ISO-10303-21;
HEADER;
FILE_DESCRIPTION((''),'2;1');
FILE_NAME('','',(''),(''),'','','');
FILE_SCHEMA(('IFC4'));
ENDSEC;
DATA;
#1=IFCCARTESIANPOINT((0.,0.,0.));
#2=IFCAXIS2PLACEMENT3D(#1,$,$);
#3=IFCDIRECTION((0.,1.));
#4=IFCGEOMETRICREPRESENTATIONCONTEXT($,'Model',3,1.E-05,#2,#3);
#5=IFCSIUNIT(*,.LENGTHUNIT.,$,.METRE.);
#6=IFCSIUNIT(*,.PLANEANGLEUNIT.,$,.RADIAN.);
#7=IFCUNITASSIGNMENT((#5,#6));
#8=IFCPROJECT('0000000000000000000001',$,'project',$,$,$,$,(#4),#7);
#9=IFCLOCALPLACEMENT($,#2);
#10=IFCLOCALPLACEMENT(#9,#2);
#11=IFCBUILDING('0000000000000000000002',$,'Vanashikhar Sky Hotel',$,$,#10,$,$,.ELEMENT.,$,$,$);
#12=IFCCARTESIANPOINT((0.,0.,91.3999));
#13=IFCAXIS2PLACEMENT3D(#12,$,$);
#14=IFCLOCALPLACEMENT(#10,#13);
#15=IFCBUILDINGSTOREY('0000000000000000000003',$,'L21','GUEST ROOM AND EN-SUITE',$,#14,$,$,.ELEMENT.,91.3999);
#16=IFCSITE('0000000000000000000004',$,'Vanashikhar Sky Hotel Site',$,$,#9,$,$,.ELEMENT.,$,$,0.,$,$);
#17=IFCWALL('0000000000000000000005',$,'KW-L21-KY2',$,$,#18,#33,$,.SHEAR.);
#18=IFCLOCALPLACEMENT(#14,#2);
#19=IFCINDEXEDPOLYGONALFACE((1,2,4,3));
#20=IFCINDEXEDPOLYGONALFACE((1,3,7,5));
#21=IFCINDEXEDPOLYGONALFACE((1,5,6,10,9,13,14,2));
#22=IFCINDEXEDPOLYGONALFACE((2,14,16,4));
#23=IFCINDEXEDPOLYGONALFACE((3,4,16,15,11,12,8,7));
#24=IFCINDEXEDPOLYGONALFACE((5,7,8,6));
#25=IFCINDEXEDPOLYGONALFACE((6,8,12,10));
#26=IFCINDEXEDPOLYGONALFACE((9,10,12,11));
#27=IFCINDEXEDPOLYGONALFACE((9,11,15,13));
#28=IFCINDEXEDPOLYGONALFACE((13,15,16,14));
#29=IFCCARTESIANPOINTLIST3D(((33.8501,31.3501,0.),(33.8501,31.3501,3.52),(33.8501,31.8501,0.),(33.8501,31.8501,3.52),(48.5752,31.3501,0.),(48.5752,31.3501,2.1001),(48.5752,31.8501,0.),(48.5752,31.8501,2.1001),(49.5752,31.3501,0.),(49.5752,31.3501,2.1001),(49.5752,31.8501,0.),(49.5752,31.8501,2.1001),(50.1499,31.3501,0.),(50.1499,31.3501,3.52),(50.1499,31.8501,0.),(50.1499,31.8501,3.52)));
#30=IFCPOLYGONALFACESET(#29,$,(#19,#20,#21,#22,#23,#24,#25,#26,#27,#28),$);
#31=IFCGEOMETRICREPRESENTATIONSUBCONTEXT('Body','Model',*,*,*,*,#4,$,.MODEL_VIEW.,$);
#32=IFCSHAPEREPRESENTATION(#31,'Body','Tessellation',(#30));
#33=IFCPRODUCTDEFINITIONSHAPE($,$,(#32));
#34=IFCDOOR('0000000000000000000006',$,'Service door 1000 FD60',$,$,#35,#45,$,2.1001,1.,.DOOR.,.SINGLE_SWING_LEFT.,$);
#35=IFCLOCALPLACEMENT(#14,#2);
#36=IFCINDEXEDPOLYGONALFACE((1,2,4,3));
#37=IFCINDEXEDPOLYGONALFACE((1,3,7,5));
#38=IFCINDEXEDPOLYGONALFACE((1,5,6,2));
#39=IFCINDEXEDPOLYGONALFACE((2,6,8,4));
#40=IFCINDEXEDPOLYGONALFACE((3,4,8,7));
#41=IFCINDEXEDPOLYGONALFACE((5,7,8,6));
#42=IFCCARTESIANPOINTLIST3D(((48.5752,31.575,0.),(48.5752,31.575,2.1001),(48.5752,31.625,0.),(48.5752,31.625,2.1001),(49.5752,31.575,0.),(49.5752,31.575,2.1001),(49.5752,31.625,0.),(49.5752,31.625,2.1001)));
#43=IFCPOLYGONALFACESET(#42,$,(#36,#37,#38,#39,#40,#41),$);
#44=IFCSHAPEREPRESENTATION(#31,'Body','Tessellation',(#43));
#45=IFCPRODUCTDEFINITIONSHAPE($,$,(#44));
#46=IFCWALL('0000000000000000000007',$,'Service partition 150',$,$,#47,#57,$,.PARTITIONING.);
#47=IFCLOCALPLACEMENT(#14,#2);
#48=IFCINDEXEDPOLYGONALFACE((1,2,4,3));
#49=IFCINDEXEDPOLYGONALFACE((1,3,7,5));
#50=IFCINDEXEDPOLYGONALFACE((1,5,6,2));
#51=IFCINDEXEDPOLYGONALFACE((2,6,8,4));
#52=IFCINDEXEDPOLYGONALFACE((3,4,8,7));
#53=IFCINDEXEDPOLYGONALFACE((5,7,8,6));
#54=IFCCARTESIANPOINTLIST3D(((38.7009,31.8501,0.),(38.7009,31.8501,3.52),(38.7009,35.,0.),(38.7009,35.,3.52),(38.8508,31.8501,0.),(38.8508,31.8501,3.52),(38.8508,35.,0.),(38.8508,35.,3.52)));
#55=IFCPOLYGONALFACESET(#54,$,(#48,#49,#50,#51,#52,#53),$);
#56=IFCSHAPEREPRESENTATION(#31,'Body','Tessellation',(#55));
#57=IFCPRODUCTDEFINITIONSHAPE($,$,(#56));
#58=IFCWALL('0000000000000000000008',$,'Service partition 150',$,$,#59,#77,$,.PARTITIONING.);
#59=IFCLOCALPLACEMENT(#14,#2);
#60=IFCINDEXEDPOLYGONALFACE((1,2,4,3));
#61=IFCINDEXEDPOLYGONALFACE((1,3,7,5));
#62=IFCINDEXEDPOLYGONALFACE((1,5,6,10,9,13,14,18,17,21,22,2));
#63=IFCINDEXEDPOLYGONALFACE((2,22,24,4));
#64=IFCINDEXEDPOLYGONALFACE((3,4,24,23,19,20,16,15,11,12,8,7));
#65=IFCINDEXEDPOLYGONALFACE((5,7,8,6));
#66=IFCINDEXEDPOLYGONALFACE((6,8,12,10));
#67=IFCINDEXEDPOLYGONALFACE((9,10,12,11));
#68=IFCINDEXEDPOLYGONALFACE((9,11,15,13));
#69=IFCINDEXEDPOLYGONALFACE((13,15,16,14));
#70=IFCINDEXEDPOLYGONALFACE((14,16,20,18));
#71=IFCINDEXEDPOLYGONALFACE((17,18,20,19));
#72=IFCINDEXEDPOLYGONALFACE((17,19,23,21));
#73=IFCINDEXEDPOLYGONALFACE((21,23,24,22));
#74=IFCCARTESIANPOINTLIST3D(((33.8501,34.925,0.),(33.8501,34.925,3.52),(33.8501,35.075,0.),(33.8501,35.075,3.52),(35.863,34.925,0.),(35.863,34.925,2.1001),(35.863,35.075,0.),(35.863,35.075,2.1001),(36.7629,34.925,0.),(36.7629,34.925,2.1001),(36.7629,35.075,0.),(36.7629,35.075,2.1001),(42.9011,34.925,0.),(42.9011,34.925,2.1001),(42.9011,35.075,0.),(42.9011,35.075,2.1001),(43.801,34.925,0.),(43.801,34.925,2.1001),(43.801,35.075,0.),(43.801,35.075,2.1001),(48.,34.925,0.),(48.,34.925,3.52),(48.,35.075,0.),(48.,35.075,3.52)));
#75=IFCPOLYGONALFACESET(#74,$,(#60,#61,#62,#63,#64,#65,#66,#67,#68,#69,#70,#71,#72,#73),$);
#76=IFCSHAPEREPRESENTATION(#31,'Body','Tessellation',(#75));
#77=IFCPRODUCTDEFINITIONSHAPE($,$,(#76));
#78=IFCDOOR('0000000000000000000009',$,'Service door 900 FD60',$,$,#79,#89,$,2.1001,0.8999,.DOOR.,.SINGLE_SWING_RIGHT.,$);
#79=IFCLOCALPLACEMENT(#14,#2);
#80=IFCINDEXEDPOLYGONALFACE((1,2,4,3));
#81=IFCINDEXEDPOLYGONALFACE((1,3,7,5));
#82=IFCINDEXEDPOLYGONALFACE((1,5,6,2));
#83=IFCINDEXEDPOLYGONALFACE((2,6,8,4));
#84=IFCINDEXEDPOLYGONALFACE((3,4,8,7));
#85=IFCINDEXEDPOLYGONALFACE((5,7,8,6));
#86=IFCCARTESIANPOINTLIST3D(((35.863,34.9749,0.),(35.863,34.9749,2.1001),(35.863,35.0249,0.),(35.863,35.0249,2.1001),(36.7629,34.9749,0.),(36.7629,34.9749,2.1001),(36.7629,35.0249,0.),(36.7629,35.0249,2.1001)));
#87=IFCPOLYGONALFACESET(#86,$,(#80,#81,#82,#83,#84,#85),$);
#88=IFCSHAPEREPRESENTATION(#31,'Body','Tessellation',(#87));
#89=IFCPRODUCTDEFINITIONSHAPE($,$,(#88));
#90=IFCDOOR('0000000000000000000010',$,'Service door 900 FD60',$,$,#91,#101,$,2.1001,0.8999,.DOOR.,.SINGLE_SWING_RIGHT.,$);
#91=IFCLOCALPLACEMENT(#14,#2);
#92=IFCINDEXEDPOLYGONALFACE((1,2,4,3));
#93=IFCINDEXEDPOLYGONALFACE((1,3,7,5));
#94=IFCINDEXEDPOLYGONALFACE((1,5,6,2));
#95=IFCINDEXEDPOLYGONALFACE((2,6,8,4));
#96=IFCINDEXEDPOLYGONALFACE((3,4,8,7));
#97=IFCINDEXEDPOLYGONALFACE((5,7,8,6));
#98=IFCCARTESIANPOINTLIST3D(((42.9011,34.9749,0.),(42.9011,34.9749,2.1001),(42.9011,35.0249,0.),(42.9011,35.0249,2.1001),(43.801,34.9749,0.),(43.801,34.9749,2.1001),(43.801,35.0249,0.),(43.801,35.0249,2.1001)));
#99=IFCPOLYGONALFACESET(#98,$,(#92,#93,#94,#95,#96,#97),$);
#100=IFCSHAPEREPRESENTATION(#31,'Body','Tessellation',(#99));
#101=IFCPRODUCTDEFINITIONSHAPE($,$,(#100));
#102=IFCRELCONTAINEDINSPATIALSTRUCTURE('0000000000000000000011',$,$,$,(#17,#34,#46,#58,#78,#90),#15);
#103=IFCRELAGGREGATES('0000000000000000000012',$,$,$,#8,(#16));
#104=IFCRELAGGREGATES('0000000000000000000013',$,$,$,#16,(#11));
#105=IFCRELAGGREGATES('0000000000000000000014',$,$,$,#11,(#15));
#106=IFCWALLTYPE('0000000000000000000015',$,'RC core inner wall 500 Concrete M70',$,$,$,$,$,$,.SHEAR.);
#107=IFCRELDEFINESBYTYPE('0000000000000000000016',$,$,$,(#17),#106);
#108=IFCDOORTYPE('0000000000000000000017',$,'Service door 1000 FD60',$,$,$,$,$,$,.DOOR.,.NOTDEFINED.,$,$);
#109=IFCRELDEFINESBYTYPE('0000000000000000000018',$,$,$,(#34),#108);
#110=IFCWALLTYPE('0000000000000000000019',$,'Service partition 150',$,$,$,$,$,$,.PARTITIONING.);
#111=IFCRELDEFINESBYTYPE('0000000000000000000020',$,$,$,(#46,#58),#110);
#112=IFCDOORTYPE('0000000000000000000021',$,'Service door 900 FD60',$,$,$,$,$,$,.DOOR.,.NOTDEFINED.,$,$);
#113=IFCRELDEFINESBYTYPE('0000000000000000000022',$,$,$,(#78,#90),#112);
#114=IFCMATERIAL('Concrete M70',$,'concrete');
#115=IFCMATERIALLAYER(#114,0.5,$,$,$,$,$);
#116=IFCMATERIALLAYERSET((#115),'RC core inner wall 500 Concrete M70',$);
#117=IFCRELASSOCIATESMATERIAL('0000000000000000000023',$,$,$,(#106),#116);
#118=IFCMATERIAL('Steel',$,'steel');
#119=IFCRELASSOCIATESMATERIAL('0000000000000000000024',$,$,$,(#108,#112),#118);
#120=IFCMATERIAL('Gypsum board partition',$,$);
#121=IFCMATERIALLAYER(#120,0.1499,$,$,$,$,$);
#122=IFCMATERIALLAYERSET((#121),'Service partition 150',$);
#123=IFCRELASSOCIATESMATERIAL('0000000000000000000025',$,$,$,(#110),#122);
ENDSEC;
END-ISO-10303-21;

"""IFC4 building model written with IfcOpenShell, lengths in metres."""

from ifc_helpers import new_model, si_unit, direction, frame, frame_2d, origin, place, context, subcontext, project, spatial, rectangle, extrude, source, transform, mapped, material, layer, layer_set, type_object, element, fill, save


model = new_model("IFC4")

# Units and contexts
model_context = context("Model", 3, precision=1e-05, world=origin(), true_north=direction((0.0, 1.0)))
body_context = subcontext(model_context, "Body", "Model", "MODEL_VIEW")
ifc_project = project(units=[si_unit("LENGTHUNIT", "METRE"), si_unit("PLANEANGLEUNIT", "RADIAN")], contexts=[model_context])

# Site, building, storey
site_placement = place(None, origin())
site = spatial("IfcSite", under=ifc_project, at=site_placement, Name="Vanashikhar Sky Hotel Site", CompositionType="ELEMENT", RefElevation=0.0)
building_placement = place(site_placement, origin())
building = spatial("IfcBuilding", under=site, at=building_placement, Name="Vanashikhar Sky Hotel", CompositionType="ELEMENT")
storey_placement = place(building_placement, frame((0.0, 0.0, 91.3999)))
storey = spatial("IfcBuildingStorey", under=building, at=storey_placement, Name="L21", Description="GUEST ROOM AND EN-SUITE", CompositionType="ELEMENT", Elevation=91.3999)

# Wall, opening, door
ifc_material_1 = material(Name="Concrete M70", Category="concrete")
ifc_layer_1 = layer(ifc_material_1, 0.5)
ifc_layer_set_1 = layer_set([ifc_layer_1], Name="RC core inner wall 500 Concrete M70")
wall_type_1 = type_object("IfcWallType", Name="RC core inner wall 500 Concrete M70", PredefinedType="SHEAR", material=ifc_layer_set_1)
shared_shape_1 = source(origin(), body_context, "Body", "SweptSolid", [
    extrude(rectangle(XDim=16.2998, YDim=0.5, at=frame_2d((8.1499, 0.0))), origin(), (0.0, 0.0, 1.0), 3.52),
])
wall_1_placement = place(storey_placement, frame((33.8501, 31.6001, 0.0), z_axis=(0.0, 0.0, 1.0), x_axis=(1.0, 0.0, 0.0)))
wall_1 = element("IfcWall", 1, at=wall_1_placement, inside=storey, type_object=wall_type_1, Name="KW-L21-KY2", PredefinedType="SHEAR", context=body_context, shape_type="MappedRepresentation", body=[
    mapped(shared_shape_1, transform((0.0, 0.0, 0.0), scale=1.0)),
])
shared_shape_2 = source(origin(), body_context, "Body", "SweptSolid", [
    extrude(rectangle(XDim=1.0, YDim=2.1001, at=frame_2d((0.5, 1.05))), frame((0.0, 0.26, 0.0), z_axis=(0.0, -1.0, 0.0), x_axis=(1.0, 0.0, 0.0)), (0.0, 0.0, 1.0), 0.52),
])
opening_1_placement = place(wall_1_placement, frame((14.7251, 0.0, 0.0)))
opening_1 = element("IfcOpeningElement", 2, at=opening_1_placement, cuts=wall_1, PredefinedType="OPENING", context=body_context, shape_type="MappedRepresentation", body=[
    mapped(shared_shape_2, transform((0.0, 0.0, 0.0), scale=1.0)),
])
ifc_material_2 = material(Name="Steel", Category="steel")
door_type_1 = type_object("IfcDoorType", Name="Service door 1000 FD60", OperationType="NOTDEFINED", PredefinedType="DOOR", material=ifc_material_2)
shared_shape_3 = source(origin(), body_context, "Body", "SweptSolid", [
    extrude(rectangle(XDim=1.0, YDim=2.1001, at=frame_2d((0.5, 1.05))), frame((0.0, 0.0249, 0.0), z_axis=(0.0, -1.0, 0.0), x_axis=(1.0, 0.0, 0.0)), (0.0, 0.0, 1.0), 0.05),
])
door_1_placement = place(opening_1_placement, origin())
door_1 = element("IfcDoor", 3, at=door_1_placement, inside=storey, type_object=door_type_1, Name="Service door 1000 FD60", OperationType="SINGLE_SWING_LEFT", OverallHeight=2.1001, OverallWidth=1.0, PredefinedType="DOOR", context=body_context, shape_type="MappedRepresentation", body=[
    mapped(shared_shape_3, transform((0.0, 0.0, 0.0), scale=1.0)),
])
fill(opening_1, door_1)

# Wall
ifc_material_3 = material(Name="Gypsum board partition")
ifc_layer_2 = layer(ifc_material_3, 0.1499)
ifc_layer_set_2 = layer_set([ifc_layer_2], Name="Service partition 150")
wall_type_2 = type_object("IfcWallType", Name="Service partition 150", PredefinedType="PARTITIONING", material=ifc_layer_set_2)
shared_shape_4 = source(origin(), body_context, "Body", "SweptSolid", [
    extrude(rectangle(XDim=3.1499, YDim=0.1499, at=frame_2d((1.575, 0.0))), origin(), (0.0, 0.0, 1.0), 3.52),
])
wall_2_placement = place(storey_placement, frame((38.7759, 31.8501, 0.0), z_axis=(0.0, 0.0, 1.0), x_axis=(0.0, 1.0, 0.0)))
element("IfcWall", 4, at=wall_2_placement, inside=storey, type_object=wall_type_2, Name="Service partition 150", PredefinedType="PARTITIONING", context=body_context, shape_type="MappedRepresentation", body=[
    mapped(shared_shape_4, transform((0.0, 0.0, 0.0), scale=1.0)),
])

# Wall, openings, doors
shared_shape_5 = source(origin(), body_context, "Body", "SweptSolid", [
    extrude(rectangle(XDim=14.1499, YDim=0.1499, at=frame_2d((7.075, 0.0))), origin(), (0.0, 0.0, 1.0), 3.52),
])
wall_3_placement = place(storey_placement, frame((33.8501, 35.0, 0.0), z_axis=(0.0, 0.0, 1.0), x_axis=(1.0, 0.0, 0.0)))
wall_3 = element("IfcWall", 5, at=wall_3_placement, inside=storey, type_object=wall_type_2, Name="Service partition 150", PredefinedType="PARTITIONING", context=body_context, shape_type="MappedRepresentation", body=[
    mapped(shared_shape_5, transform((0.0, 0.0, 0.0), scale=1.0)),
])
shared_shape_6 = source(origin(), body_context, "Body", "SweptSolid", [
    extrude(rectangle(XDim=0.8999, YDim=2.1001, at=frame_2d((0.45, 1.05))), frame((0.0, 0.085, 0.0), z_axis=(0.0, -1.0, 0.0), x_axis=(1.0, 0.0, 0.0)), (0.0, 0.0, 1.0), 0.1699),
])
opening_2_placement = place(wall_3_placement, frame((2.0129, 0.0, 0.0)))
opening_2 = element("IfcOpeningElement", 6, at=opening_2_placement, cuts=wall_3, PredefinedType="OPENING", context=body_context, shape_type="MappedRepresentation", body=[
    mapped(shared_shape_6, transform((0.0, 0.0, 0.0), scale=1.0)),
])
opening_3_placement = place(wall_3_placement, frame((9.051, 0.0, 0.0)))
opening_3 = element("IfcOpeningElement", 7, at=opening_3_placement, cuts=wall_3, PredefinedType="OPENING", context=body_context, shape_type="MappedRepresentation", body=[
    mapped(shared_shape_6, transform((0.0, 0.0, 0.0), scale=1.0)),
])
door_type_2 = type_object("IfcDoorType", Name="Service door 900 FD60", OperationType="NOTDEFINED", PredefinedType="DOOR", material=ifc_material_2)
shared_shape_7 = source(origin(), body_context, "Body", "SweptSolid", [
    extrude(rectangle(XDim=0.8999, YDim=2.1001, at=frame_2d((0.45, 1.05))), frame((0.0, 0.0249, 0.0), z_axis=(0.0, -1.0, 0.0), x_axis=(1.0, 0.0, 0.0)), (0.0, 0.0, 1.0), 0.05),
])
door_2_placement = place(opening_2_placement, origin())
door_2 = element("IfcDoor", 8, at=door_2_placement, inside=storey, type_object=door_type_2, Name="Service door 900 FD60", OperationType="SINGLE_SWING_RIGHT", OverallHeight=2.1001, OverallWidth=0.8999, PredefinedType="DOOR", context=body_context, shape_type="MappedRepresentation", body=[
    mapped(shared_shape_7, transform((0.0, 0.0, 0.0), scale=1.0)),
])
fill(opening_2, door_2)
door_3_placement = place(opening_3_placement, origin())
door_3 = element("IfcDoor", 9, at=door_3_placement, inside=storey, type_object=door_type_2, Name="Service door 900 FD60", OperationType="SINGLE_SWING_RIGHT", OverallHeight=2.1001, OverallWidth=0.8999, PredefinedType="DOOR", context=body_context, shape_type="MappedRepresentation", body=[
    mapped(shared_shape_7, transform((0.0, 0.0, 0.0), scale=1.0)),
])
fill(opening_3, door_3)

save(model, "model.ifc")
